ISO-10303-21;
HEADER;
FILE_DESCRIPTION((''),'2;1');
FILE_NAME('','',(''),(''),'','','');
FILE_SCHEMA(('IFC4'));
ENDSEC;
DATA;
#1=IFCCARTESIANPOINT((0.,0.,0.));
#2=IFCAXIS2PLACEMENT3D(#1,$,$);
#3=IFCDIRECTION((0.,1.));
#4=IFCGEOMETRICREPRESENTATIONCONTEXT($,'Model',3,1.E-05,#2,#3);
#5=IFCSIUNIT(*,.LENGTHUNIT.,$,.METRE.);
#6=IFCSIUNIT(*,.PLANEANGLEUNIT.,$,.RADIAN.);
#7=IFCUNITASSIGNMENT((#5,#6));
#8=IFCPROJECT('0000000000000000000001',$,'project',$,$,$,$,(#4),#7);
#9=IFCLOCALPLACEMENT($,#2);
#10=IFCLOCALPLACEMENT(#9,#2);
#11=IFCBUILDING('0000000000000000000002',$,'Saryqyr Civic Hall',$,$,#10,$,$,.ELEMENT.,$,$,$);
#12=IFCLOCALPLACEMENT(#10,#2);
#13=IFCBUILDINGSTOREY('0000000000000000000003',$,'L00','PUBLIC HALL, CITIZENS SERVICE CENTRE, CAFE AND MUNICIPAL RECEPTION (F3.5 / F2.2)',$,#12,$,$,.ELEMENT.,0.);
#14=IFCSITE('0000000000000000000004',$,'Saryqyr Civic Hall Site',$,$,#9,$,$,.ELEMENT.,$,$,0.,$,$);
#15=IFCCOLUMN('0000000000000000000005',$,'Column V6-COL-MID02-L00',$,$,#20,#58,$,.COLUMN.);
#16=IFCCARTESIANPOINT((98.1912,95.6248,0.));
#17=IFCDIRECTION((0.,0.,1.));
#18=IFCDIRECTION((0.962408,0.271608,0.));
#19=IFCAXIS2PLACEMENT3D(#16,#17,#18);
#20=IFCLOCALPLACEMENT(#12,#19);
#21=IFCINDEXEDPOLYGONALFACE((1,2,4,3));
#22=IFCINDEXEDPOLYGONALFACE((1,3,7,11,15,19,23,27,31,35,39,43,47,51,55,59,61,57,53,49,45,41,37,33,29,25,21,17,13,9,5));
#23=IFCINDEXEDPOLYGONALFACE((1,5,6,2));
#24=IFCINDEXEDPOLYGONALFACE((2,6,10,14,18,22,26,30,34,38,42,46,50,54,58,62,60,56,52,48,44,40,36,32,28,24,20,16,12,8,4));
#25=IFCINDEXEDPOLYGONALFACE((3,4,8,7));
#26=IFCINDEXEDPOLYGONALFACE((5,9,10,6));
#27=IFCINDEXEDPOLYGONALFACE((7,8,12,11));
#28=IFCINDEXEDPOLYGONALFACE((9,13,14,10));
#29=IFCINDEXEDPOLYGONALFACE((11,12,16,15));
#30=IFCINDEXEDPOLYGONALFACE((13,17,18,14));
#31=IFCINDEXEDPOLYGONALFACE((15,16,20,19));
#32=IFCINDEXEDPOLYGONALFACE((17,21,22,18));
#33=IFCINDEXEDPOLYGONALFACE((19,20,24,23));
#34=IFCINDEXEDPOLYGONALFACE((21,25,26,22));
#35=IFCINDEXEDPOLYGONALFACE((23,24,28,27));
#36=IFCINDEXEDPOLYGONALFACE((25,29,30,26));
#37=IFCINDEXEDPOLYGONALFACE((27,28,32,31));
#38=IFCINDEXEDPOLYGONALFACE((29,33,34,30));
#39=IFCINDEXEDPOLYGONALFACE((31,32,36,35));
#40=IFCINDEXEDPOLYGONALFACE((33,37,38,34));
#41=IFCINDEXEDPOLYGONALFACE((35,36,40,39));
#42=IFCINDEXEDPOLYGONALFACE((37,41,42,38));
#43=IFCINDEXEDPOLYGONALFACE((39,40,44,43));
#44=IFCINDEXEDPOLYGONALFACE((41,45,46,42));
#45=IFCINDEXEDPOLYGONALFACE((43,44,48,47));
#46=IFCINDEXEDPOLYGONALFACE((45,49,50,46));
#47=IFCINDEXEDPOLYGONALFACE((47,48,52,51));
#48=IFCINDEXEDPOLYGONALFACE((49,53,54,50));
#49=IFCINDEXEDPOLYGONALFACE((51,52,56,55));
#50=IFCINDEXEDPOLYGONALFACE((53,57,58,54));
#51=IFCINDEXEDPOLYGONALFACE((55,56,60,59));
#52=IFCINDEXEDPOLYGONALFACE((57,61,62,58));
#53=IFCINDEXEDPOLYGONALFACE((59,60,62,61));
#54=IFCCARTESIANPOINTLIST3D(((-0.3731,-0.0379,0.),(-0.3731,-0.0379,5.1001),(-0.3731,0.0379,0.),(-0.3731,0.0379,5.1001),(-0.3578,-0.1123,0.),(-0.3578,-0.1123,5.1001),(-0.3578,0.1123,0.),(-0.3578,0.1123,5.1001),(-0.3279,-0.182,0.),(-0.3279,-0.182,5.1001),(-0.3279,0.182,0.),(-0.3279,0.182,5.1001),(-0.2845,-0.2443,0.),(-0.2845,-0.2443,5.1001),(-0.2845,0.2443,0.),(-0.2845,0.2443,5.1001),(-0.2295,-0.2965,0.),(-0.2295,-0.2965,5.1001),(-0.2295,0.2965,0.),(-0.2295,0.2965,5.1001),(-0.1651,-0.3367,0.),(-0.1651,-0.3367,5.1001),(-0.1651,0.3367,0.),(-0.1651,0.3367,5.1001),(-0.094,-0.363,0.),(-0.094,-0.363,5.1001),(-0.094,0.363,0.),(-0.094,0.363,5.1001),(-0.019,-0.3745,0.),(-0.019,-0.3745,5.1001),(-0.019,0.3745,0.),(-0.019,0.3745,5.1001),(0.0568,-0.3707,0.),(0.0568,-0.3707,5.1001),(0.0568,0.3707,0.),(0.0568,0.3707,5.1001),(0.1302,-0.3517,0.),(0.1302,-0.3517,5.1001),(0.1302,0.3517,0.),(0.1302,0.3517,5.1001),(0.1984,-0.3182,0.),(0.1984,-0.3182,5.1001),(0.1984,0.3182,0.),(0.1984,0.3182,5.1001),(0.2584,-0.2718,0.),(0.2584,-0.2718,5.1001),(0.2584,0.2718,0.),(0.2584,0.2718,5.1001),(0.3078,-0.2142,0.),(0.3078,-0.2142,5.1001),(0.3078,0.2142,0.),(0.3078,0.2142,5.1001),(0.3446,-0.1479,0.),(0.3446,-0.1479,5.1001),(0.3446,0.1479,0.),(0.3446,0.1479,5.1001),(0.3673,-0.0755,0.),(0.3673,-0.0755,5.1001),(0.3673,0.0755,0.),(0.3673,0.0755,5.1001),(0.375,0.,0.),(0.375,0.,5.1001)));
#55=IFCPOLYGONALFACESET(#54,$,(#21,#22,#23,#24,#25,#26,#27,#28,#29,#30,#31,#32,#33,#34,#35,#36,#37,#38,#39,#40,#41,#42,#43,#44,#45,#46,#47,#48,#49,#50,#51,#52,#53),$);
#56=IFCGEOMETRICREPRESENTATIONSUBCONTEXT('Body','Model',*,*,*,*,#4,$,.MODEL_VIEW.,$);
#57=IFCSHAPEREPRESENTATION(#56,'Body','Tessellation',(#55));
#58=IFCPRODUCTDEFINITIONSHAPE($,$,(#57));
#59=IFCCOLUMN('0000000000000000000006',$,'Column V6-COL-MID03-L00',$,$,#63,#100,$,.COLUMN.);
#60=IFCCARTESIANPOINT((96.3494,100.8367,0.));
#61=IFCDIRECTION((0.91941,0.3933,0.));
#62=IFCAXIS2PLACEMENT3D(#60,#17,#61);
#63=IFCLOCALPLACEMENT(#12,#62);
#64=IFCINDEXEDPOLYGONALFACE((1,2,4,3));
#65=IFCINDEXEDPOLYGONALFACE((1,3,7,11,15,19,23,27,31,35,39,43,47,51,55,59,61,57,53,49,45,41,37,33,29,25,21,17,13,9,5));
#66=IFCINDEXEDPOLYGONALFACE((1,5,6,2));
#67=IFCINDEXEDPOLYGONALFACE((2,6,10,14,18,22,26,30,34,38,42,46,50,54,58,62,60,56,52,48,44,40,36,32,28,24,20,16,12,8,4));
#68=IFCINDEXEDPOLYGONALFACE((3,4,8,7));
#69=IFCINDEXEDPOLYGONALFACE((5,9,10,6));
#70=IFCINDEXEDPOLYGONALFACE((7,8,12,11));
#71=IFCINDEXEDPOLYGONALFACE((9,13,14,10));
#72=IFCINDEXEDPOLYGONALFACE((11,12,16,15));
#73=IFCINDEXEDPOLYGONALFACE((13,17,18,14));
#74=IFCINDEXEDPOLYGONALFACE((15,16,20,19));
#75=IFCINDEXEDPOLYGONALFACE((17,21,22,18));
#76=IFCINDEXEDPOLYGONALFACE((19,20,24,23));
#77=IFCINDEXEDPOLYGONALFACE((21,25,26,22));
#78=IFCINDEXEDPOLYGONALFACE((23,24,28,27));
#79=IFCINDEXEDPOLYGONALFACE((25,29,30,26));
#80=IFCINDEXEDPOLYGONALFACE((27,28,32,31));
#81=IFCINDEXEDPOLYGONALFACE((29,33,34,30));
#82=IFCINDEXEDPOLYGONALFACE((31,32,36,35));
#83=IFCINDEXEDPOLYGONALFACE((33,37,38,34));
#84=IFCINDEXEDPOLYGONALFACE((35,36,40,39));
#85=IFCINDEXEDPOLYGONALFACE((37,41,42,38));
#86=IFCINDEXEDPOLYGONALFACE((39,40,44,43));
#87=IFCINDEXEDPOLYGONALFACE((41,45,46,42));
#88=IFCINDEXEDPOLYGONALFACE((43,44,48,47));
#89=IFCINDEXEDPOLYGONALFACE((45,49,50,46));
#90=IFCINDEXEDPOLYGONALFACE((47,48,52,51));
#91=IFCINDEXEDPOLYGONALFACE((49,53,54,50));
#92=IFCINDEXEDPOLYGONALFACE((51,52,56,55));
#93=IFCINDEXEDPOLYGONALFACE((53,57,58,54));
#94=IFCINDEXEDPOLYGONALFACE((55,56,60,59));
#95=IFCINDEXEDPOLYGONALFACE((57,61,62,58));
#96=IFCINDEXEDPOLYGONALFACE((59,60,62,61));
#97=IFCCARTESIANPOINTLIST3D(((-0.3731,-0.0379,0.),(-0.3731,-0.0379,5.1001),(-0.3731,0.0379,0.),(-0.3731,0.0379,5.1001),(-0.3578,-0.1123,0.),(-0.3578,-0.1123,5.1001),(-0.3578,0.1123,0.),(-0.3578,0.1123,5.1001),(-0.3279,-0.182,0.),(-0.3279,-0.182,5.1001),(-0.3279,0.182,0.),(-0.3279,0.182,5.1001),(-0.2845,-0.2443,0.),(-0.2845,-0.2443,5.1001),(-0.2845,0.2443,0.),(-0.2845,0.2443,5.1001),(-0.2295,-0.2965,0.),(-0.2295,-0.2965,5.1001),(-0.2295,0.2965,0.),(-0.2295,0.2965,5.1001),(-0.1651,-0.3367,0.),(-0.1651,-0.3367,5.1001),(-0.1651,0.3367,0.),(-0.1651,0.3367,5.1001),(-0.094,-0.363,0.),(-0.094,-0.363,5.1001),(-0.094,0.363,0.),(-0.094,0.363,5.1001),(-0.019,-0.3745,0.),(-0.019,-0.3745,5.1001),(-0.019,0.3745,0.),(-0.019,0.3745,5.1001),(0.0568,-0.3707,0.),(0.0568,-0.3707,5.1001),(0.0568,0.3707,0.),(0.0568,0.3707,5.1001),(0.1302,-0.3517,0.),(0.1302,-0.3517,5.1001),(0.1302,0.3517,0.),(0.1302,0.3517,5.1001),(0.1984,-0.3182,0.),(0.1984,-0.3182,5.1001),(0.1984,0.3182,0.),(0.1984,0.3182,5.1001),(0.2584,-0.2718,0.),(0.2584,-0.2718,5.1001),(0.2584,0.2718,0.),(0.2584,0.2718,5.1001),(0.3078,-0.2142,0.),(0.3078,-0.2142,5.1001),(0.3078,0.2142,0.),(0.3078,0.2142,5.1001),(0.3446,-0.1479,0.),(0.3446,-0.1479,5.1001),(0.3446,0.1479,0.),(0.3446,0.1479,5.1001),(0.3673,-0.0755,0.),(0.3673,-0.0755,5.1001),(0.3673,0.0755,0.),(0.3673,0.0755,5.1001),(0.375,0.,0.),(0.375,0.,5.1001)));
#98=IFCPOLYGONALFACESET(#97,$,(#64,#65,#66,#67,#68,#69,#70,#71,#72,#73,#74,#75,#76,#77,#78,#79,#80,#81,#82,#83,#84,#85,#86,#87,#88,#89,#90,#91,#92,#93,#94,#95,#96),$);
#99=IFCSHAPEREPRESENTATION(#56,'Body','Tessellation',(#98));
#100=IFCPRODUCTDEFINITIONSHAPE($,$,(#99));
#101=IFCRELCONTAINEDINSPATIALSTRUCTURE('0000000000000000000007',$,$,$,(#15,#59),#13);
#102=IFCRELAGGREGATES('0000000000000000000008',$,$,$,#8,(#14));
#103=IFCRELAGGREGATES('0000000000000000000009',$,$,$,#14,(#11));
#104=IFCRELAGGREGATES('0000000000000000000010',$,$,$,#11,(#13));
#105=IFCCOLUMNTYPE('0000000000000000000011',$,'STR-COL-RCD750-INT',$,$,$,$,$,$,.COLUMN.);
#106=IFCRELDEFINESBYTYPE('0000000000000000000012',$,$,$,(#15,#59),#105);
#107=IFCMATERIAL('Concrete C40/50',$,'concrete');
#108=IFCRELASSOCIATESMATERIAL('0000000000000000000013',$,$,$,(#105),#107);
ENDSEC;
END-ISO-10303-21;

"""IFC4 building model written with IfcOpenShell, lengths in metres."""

from ifc_helpers import new_model, si_unit, direction, frame, origin, origin_2d, place, context, subcontext, project, spatial, circle, extrude, material, material_profile, profile_set, type_object, element, save


model = new_model("IFC4")

# Units and contexts
model_context = context("Model", 3, precision=1e-05, world=origin(), true_north=direction((0.0, 1.0)))
body_context = subcontext(model_context, "Body", "Model", "MODEL_VIEW")
ifc_project = project(units=[si_unit("LENGTHUNIT", "METRE"), si_unit("PLANEANGLEUNIT", "RADIAN")], contexts=[model_context])

# Site, building, storey
site_placement = place(None, origin())
site = spatial("IfcSite", under=ifc_project, at=site_placement, Name="Saryqyr Civic Hall Site", CompositionType="ELEMENT", RefElevation=0.0)
building_placement = place(site_placement, origin())
building = spatial("IfcBuilding", under=site, at=building_placement, Name="Saryqyr Civic Hall", CompositionType="ELEMENT")
storey_placement = place(building_placement, origin())
storey = spatial("IfcBuildingStorey", under=building, at=storey_placement, Name="L00", Description="PUBLIC HALL, CITIZENS SERVICE CENTRE, CAFE AND MUNICIPAL RECEPTION (F3.5 / F2.2)", CompositionType="ELEMENT", Elevation=0.0)

# Columns
ifc_material_1 = material(Name="Concrete C40/50", Category="concrete")
ifc_material_profile_1 = material_profile(ifc_material_1, circle(Radius=0.375, at=origin_2d()), Name="RC D750")
ifc_profile_set_1 = profile_set([ifc_material_profile_1], Name="Concrete C40/50")
column_type_1 = type_object("IfcColumnType", Name="STR-COL-RCD750-INT", PredefinedType="COLUMN", material=ifc_profile_set_1)
for number, where, z_axis, x_axis, name in (
    (1, (98.1912, 95.6248, 0.0), (0.0, 0.0, 1.0), (0.962408, 0.271608, 0.0), "Column V6-COL-MID02-L00"),
    (2, (96.3494, 100.8367, 0.0), (0.0, 0.0, 1.0), (0.91941, 0.3933, 0.0), "Column V6-COL-MID03-L00"),
):
    element("IfcColumn", number, at=place(storey_placement, frame(where, z_axis=z_axis, x_axis=x_axis)), inside=storey, type_object=column_type_1, Name=name, PredefinedType="COLUMN", context=body_context, shape_type="SweptSolid", body=[
        extrude(circle(Radius=0.375, at=origin_2d()), origin(), (0.0, 0.0, 1.0), 5.1001),
    ])

save(model, "model.ifc")
